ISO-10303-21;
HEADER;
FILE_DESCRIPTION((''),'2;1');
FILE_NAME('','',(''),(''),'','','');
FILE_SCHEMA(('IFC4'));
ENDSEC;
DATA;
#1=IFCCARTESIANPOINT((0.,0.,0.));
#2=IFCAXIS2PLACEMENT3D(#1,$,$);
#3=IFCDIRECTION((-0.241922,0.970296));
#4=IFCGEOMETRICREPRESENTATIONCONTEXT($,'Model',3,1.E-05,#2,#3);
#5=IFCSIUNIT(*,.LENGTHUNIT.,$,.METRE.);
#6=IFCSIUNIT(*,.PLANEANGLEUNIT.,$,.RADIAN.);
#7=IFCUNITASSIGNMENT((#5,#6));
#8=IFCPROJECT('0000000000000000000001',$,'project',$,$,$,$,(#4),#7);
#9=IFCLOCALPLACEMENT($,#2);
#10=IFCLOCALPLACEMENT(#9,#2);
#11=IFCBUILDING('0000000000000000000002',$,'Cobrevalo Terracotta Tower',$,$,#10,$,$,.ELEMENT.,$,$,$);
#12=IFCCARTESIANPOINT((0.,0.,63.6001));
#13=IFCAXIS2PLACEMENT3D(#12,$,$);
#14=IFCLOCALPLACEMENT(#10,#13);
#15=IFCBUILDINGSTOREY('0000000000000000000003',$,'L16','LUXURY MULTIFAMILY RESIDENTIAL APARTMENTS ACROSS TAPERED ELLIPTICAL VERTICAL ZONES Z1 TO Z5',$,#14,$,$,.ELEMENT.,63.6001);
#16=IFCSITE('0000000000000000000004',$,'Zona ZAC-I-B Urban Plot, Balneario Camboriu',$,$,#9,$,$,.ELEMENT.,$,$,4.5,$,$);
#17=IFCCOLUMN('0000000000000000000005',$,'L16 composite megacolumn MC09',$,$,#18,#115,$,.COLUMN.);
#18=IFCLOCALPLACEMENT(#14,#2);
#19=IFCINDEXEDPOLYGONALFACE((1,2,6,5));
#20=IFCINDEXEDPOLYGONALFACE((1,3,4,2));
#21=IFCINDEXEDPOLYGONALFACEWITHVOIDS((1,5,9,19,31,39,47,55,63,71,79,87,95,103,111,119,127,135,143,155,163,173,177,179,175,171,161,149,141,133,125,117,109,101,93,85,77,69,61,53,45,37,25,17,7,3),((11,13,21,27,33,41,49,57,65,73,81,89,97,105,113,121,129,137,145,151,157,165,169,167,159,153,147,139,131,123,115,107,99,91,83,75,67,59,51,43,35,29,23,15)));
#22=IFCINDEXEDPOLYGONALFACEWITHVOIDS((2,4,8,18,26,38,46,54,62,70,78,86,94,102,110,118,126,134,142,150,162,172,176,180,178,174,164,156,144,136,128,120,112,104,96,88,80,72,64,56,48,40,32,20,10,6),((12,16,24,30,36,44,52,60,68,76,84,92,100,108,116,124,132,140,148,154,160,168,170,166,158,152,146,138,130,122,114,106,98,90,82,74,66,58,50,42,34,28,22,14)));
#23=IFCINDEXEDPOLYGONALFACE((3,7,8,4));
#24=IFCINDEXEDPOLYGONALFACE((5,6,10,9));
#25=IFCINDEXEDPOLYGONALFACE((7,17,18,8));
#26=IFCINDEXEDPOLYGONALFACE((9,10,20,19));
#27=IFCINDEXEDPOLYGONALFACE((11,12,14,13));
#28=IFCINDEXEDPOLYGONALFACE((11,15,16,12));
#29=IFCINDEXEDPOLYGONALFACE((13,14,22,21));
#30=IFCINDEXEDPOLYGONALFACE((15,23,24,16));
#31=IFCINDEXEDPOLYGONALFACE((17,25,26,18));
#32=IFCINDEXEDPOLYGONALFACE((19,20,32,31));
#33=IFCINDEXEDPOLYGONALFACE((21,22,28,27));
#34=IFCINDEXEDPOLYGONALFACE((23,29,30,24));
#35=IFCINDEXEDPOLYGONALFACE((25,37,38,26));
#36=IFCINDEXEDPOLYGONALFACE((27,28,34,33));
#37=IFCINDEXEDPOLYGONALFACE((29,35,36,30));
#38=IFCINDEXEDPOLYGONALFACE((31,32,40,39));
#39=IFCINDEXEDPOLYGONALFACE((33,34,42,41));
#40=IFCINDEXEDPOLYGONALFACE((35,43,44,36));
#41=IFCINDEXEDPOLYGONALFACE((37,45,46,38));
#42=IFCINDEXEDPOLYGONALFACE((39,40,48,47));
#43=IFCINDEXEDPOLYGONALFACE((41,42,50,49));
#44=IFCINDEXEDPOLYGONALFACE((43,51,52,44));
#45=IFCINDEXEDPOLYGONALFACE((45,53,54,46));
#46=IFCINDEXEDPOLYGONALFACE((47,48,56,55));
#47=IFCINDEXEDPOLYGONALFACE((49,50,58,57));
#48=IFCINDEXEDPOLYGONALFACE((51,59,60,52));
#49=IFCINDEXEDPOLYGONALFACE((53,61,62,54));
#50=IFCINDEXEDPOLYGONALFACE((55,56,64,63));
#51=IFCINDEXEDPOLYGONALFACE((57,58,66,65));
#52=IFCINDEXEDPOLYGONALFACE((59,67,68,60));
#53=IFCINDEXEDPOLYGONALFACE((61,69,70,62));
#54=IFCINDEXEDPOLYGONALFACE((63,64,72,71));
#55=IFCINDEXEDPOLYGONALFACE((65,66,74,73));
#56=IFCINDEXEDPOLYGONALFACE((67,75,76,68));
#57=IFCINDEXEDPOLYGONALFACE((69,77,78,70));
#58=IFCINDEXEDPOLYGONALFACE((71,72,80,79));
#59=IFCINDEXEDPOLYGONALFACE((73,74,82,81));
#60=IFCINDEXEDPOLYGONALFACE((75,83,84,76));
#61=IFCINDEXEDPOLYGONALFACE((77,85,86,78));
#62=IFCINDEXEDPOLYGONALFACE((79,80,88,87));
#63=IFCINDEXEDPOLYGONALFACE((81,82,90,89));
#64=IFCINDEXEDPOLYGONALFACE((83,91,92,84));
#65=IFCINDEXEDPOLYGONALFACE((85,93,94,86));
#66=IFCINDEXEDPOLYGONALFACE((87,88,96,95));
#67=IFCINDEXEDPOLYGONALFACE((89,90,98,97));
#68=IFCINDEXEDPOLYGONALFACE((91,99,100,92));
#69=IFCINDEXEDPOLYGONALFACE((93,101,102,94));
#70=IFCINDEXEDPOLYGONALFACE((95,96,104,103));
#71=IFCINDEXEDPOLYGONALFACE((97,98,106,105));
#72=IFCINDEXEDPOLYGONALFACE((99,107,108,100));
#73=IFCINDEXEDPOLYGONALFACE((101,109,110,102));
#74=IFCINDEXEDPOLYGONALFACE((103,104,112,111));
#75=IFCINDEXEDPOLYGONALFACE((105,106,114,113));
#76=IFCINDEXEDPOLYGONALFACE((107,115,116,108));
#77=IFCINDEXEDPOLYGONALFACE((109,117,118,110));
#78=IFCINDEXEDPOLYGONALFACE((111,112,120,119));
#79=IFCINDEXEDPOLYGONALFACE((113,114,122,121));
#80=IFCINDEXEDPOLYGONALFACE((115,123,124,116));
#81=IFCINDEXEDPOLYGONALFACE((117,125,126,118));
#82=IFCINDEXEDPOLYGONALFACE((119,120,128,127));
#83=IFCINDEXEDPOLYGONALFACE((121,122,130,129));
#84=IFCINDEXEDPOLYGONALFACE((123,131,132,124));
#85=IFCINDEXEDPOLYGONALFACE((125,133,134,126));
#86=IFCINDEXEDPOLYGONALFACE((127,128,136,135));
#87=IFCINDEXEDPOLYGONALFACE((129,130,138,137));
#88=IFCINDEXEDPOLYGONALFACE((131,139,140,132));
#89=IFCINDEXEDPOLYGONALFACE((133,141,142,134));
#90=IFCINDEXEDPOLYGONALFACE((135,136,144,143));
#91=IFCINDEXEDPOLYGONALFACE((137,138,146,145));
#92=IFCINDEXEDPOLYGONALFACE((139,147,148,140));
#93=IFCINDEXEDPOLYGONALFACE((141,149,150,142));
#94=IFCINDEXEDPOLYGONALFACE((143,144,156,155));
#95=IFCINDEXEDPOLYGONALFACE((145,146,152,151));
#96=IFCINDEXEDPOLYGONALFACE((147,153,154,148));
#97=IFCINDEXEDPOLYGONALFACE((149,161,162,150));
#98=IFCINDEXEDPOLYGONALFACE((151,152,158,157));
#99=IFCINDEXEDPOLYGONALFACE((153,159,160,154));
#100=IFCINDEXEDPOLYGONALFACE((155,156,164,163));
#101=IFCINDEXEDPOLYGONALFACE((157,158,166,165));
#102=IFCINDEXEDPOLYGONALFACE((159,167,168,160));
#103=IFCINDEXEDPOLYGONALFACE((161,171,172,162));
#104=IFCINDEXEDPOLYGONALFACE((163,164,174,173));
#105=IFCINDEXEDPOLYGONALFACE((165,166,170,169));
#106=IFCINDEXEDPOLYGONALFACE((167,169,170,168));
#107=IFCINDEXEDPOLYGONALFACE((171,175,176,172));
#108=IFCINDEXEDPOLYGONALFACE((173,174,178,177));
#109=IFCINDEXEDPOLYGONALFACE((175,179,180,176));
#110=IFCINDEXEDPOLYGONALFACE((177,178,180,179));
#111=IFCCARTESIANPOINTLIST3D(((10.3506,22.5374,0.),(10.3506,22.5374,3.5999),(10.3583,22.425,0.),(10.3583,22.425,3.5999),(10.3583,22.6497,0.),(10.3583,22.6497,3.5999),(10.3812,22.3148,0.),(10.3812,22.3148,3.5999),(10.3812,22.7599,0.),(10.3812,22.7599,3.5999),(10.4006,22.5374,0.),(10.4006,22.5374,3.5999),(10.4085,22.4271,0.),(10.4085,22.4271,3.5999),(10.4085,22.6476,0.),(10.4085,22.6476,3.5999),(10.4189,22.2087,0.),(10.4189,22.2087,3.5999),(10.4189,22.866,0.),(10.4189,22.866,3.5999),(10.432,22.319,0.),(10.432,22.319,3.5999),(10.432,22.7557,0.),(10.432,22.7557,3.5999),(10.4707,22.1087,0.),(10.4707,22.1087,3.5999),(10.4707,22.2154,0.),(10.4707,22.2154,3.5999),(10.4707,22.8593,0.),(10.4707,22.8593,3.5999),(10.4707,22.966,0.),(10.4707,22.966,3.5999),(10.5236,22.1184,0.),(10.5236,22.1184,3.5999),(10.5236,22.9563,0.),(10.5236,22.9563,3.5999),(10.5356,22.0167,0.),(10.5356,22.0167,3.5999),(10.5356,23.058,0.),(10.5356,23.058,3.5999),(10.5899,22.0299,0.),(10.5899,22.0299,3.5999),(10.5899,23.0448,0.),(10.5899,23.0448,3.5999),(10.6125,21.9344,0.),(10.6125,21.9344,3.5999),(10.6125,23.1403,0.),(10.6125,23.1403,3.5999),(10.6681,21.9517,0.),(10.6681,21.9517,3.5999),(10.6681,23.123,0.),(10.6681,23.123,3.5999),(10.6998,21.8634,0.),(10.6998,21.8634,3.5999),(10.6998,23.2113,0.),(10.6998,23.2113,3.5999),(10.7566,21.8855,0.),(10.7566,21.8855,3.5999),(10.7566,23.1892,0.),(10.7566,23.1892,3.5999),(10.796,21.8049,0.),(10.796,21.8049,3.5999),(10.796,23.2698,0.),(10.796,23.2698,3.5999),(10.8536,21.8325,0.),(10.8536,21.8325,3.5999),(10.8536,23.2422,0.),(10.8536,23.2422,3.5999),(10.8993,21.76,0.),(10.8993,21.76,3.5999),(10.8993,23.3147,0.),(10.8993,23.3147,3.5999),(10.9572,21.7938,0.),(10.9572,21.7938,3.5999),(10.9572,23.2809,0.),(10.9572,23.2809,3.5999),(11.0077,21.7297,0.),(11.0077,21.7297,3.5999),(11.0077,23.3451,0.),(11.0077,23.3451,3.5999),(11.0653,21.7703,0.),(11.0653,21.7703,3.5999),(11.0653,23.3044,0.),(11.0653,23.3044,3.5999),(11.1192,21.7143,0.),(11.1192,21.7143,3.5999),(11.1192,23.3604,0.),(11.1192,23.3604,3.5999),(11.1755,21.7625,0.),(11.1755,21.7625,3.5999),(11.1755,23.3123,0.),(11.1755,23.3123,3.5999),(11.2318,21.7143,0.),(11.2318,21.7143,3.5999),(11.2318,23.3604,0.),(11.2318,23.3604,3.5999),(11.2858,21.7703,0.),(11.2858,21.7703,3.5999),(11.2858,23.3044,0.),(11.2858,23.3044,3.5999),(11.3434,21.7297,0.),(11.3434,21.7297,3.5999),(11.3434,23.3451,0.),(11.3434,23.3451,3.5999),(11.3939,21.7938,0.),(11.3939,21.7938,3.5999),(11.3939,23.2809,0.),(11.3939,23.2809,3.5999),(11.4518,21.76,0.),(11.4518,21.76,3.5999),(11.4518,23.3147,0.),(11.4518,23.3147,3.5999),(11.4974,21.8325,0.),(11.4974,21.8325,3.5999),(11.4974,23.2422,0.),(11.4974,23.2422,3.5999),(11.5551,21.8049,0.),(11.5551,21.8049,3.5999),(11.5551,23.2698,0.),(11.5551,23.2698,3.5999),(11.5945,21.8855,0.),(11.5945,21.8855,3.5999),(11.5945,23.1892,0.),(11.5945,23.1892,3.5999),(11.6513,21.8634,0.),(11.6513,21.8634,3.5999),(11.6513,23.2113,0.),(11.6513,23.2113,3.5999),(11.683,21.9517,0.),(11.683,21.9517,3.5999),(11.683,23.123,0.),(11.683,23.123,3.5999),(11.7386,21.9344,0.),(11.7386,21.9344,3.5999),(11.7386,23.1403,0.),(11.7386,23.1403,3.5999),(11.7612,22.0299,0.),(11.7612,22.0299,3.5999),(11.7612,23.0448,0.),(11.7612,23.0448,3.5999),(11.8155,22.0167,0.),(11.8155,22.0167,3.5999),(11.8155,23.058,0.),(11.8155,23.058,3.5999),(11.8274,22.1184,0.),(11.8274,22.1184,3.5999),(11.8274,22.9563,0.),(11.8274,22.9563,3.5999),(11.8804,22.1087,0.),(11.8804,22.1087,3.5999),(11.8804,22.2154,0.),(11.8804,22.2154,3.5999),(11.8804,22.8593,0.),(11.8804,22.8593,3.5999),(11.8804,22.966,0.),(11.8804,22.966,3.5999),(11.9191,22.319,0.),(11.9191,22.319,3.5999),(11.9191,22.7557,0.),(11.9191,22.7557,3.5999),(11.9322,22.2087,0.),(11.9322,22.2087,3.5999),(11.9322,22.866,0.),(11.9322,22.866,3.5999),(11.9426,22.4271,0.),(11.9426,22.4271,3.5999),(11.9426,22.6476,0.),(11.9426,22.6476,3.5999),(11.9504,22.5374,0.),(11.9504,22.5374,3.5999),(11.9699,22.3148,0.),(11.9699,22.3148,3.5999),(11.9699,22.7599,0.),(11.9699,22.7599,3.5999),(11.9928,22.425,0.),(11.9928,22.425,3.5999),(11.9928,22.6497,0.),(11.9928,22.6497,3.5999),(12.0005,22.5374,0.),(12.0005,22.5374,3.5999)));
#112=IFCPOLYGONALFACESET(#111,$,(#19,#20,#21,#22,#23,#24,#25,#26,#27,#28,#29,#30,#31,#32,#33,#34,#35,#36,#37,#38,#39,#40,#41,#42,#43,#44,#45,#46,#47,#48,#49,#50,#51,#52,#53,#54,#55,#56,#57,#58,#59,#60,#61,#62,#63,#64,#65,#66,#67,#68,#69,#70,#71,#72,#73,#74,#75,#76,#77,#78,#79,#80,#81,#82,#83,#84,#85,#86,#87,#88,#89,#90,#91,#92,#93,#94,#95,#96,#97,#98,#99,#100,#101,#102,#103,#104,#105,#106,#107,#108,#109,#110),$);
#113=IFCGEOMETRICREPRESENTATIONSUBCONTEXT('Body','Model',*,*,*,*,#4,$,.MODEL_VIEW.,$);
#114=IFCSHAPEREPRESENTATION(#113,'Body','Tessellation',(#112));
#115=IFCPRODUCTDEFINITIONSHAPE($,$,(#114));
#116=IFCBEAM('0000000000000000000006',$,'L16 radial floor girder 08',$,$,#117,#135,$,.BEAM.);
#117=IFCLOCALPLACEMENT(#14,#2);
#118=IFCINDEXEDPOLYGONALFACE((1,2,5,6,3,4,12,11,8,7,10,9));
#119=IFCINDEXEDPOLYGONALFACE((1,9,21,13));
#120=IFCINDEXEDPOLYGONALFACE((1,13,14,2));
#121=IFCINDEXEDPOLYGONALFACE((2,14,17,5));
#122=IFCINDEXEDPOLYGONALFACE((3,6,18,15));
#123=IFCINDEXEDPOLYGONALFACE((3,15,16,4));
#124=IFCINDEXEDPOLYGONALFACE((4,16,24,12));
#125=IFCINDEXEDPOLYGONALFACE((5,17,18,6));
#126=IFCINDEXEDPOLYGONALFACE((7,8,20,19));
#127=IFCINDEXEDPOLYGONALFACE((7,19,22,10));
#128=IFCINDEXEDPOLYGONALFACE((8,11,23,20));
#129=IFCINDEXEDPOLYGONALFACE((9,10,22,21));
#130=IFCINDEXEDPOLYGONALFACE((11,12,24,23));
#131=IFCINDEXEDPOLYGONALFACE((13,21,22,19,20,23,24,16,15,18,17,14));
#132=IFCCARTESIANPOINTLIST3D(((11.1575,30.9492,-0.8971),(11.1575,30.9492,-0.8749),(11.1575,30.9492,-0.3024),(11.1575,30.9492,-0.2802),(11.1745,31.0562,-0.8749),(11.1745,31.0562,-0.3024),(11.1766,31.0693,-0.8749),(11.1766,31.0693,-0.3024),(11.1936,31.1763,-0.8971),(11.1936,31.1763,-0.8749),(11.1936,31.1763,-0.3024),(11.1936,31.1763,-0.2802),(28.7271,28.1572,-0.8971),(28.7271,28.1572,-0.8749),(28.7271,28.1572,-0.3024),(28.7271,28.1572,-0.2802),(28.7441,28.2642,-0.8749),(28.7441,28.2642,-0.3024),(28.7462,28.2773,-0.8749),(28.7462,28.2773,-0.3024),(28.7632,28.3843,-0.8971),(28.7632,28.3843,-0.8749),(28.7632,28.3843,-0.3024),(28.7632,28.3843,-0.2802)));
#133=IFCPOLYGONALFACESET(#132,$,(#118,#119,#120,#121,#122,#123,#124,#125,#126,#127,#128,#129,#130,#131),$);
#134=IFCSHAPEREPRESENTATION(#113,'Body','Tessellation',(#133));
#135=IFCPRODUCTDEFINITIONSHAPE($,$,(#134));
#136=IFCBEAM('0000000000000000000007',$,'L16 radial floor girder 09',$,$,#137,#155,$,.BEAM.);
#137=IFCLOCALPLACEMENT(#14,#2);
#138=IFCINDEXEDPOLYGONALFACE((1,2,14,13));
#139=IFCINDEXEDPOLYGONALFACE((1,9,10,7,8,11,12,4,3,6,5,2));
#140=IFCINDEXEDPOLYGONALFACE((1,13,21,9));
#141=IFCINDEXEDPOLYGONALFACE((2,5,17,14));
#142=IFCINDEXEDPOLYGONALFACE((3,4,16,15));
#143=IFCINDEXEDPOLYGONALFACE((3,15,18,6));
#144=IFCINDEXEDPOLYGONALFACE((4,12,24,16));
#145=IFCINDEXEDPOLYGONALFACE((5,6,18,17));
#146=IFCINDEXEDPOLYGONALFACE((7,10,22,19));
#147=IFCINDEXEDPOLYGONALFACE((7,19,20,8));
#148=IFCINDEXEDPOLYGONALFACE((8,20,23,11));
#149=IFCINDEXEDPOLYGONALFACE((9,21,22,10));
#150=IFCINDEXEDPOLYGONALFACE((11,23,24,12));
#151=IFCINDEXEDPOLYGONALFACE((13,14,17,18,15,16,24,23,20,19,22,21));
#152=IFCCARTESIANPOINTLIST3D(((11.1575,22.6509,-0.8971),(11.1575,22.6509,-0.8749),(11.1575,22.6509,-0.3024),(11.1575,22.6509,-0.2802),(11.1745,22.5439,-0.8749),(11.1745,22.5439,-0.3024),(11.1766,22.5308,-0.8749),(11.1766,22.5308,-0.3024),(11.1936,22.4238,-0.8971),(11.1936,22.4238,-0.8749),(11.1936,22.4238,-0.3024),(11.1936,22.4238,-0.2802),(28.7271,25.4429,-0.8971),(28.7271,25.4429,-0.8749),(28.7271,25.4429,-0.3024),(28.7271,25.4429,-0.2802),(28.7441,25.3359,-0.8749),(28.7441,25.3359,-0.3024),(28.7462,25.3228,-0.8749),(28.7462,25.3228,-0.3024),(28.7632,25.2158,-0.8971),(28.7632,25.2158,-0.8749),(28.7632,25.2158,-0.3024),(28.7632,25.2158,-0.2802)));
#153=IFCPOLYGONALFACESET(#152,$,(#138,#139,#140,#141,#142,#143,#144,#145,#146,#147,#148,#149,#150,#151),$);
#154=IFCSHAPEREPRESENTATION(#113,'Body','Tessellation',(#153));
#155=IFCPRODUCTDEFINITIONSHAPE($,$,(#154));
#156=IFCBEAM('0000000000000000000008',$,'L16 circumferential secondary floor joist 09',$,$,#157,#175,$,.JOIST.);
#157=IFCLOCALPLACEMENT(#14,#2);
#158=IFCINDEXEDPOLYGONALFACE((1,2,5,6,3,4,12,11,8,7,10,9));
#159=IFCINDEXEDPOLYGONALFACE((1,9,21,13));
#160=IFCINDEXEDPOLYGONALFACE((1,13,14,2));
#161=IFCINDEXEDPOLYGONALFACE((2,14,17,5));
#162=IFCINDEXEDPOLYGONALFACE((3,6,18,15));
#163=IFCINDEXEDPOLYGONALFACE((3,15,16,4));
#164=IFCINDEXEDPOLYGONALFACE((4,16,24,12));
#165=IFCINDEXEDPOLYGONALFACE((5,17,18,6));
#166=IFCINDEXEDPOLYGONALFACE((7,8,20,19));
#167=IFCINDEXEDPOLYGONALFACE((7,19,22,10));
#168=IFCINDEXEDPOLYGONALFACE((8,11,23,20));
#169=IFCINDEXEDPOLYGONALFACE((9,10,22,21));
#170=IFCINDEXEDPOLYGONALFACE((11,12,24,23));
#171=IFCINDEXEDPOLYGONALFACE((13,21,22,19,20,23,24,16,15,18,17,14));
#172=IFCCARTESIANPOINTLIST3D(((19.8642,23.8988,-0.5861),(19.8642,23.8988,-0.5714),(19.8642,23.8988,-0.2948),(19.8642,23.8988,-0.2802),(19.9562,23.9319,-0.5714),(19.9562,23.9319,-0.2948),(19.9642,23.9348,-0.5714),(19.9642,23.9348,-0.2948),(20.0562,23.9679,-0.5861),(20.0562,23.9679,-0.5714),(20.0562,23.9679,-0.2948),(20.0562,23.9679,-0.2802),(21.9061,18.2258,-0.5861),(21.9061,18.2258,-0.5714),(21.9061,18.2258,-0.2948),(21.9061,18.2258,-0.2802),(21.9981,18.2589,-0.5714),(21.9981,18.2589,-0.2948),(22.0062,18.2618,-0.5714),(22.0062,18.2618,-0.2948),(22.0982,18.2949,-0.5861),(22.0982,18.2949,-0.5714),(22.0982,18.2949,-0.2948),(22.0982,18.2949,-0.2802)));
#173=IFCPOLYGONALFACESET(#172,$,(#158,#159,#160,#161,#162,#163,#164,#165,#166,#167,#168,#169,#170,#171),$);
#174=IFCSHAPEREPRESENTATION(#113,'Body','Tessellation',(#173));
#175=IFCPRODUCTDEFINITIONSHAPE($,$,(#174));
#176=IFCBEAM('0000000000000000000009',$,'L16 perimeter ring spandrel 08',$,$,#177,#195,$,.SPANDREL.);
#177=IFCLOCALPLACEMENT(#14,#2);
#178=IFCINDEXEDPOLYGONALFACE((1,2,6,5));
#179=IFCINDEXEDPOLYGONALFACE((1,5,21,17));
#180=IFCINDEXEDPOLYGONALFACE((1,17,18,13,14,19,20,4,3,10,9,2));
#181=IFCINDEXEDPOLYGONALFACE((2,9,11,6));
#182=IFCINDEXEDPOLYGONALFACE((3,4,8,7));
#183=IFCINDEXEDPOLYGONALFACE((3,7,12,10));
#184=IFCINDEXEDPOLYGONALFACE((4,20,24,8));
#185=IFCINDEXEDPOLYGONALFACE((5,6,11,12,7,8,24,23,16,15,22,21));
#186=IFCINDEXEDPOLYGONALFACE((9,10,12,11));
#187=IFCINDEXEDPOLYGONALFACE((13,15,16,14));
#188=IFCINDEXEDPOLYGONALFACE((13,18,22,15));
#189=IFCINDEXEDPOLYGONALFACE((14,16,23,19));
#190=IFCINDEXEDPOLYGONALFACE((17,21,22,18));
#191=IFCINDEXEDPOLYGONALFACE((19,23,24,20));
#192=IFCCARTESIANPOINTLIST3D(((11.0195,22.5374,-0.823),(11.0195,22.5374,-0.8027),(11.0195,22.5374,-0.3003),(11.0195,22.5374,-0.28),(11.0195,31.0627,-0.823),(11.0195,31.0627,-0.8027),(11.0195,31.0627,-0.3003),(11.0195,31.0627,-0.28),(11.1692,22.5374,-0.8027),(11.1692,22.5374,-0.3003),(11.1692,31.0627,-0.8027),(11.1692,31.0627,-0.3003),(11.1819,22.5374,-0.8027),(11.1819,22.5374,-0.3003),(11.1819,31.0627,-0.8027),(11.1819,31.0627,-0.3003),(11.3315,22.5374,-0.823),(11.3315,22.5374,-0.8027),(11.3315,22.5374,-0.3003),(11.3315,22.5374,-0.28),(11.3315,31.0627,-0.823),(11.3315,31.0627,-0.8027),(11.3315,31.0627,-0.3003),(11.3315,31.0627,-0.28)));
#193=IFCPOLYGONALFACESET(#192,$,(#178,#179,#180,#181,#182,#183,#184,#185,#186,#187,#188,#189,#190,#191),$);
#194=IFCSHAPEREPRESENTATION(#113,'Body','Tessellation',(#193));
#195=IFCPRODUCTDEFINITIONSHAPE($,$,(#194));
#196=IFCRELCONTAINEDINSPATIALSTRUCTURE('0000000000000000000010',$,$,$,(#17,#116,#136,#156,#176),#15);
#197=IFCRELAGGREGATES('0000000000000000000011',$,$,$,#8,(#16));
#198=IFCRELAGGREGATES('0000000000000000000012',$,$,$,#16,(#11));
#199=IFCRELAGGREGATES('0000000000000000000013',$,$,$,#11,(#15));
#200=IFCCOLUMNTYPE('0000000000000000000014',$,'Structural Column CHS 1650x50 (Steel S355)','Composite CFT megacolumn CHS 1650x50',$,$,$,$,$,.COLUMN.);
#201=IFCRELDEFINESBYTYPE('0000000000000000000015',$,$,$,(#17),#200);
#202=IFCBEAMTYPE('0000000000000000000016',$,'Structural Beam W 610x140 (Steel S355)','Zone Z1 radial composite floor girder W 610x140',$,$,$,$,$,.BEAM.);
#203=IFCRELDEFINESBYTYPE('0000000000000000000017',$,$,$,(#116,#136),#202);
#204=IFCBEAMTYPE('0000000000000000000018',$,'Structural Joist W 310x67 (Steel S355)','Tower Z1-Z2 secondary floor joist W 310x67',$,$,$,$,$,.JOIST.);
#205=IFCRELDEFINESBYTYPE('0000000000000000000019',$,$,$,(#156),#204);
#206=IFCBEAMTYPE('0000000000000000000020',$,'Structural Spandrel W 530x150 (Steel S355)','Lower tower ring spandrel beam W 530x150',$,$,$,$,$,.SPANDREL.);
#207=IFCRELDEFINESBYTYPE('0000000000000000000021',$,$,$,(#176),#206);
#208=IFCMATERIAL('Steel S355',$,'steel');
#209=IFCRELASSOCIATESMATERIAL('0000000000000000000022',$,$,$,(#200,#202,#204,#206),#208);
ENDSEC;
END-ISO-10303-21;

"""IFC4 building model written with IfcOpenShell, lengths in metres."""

from ifc_helpers import new_model, si_unit, direction, frame, origin, origin_2d, place, context, subcontext, project, spatial, hollow_circle, i_section, extrude, material, material_profile, profile_set, type_object, element, save


model = new_model("IFC4")

# Units and contexts
model_context = context("Model", 3, precision=1e-05, world=origin(), true_north=direction((-0.241922, 0.970296)))
body_context = subcontext(model_context, "Body", "Model", "MODEL_VIEW")
ifc_project = project(units=[si_unit("LENGTHUNIT", "METRE"), si_unit("PLANEANGLEUNIT", "RADIAN")], contexts=[model_context])

# Site, building, storey
site_placement = place(None, origin())
site = spatial("IfcSite", under=ifc_project, at=site_placement, Name="Zona ZAC-I-B Urban Plot, Balneario Camboriu", CompositionType="ELEMENT", RefElevation=4.5)
building_placement = place(site_placement, origin())
building = spatial("IfcBuilding", under=site, at=building_placement, Name="Cobrevalo Terracotta Tower", CompositionType="ELEMENT")
storey_placement = place(building_placement, frame((0.0, 0.0, 63.6001)))
storey = spatial("IfcBuildingStorey", under=building, at=storey_placement, Name="L16", Description="LUXURY MULTIFAMILY RESIDENTIAL APARTMENTS ACROSS TAPERED ELLIPTICAL VERTICAL ZONES Z1 TO Z5", CompositionType="ELEMENT", Elevation=63.6001)

# Column
ifc_material_1 = material(Name="Steel S355", Category="steel")
ifc_material_profile_1 = material_profile(ifc_material_1, hollow_circle(Radius=0.825, WallThickness=0.05, at=origin_2d()), Name="CHS 1650x50")
ifc_profile_set_1 = profile_set([ifc_material_profile_1], Name="Steel S355")
column_type = type_object("IfcColumnType", Name="Structural Column CHS 1650x50 (Steel S355)", Description="Composite CFT megacolumn CHS 1650x50", PredefinedType="COLUMN", material=ifc_profile_set_1)
for number, where, z_axis, x_axis, name in (
    (1, (11.1755, 22.5374, 0.0), (0.0, 0.0, 1.0), (1.0, 0.0, 0.0), "L16 composite megacolumn MC09"),
):
    element("IfcColumn", number, at=place(storey_placement, frame(where, z_axis=z_axis, x_axis=x_axis)), inside=storey, type_object=column_type, Name=name, PredefinedType="COLUMN", context=body_context, shape_type="SweptSolid", body=[
        extrude(hollow_circle(Radius=0.825, WallThickness=0.05, at=origin_2d()), origin(), (0.0, 0.0, 1.0), 3.5999),
    ])

# Beams
ifc_material_profile_2 = material_profile(ifc_material_1, i_section(OverallWidth=0.23, OverallDepth=0.6169, WebThickness=0.0132, FlangeThickness=0.0222, at=origin_2d()), Name="W 610x140")
ifc_profile_set_2 = profile_set([ifc_material_profile_2], Name="Steel S355")
beam_type_1 = type_object("IfcBeamType", Name="Structural Beam W 610x140 (Steel S355)", Description="Zone Z1 radial composite floor girder W 610x140", PredefinedType="BEAM", material=ifc_profile_set_2)
for number, where, z_axis, x_axis, name in (
    (2, (11.1755, 31.0627, -0.5886), (0.987608, -0.156941, 0.0), (0.156941, 0.987608, 0.0), "L16 radial floor girder 08"),
    (3, (11.1755, 22.5374, -0.5886), (0.987608, 0.156941, 0.0), (-0.156941, 0.987608, 0.0), "L16 radial floor girder 09"),
):
    element("IfcBeam", number, at=place(storey_placement, frame(where, z_axis=z_axis, x_axis=x_axis)), inside=storey, type_object=beam_type_1, Name=name, PredefinedType="BEAM", context=body_context, shape_type="SweptSolid", body=[
        extrude(i_section(OverallWidth=0.23, OverallDepth=0.6169, WebThickness=0.0132, FlangeThickness=0.0222, at=origin_2d()), origin(), (0.0, 0.0, 1.0), 17.79),
    ])
ifc_material_profile_3 = material_profile(ifc_material_1, i_section(OverallWidth=0.2041, OverallDepth=0.3059, WebThickness=0.0085, FlangeThickness=0.0146, at=origin_2d()), Name="W 310x67")
ifc_profile_set_3 = profile_set([ifc_material_profile_3], Name="Steel S355")
beam_type_2 = type_object("IfcBeamType", Name="Structural Joist W 310x67 (Steel S355)", Description="Tower Z1-Z2 secondary floor joist W 310x67", PredefinedType="JOIST", material=ifc_profile_set_3)
beam_1_placement = place(storey_placement, frame((19.9602, 23.9333, -0.4331), z_axis=(0.338672, -0.940904, 0.0), x_axis=(0.940904, 0.338672, 0.0)))
element("IfcBeam", 4, at=beam_1_placement, inside=storey, type_object=beam_type_2, Name="L16 circumferential secondary floor joist 09", PredefinedType="JOIST", context=body_context, shape_type="SweptSolid", body=[
    extrude(i_section(OverallWidth=0.2041, OverallDepth=0.3059, WebThickness=0.0085, FlangeThickness=0.0146, at=origin_2d()), origin(), (0.0, 0.0, 1.0), 6.0293),
])
ifc_material_profile_4 = material_profile(ifc_material_1, i_section(OverallWidth=0.312, OverallDepth=0.543, WebThickness=0.0127, FlangeThickness=0.0203, at=origin_2d()), Name="W 530x150")
ifc_profile_set_4 = profile_set([ifc_material_profile_4], Name="Steel S355")
beam_type_3 = type_object("IfcBeamType", Name="Structural Spandrel W 530x150 (Steel S355)", Description="Lower tower ring spandrel beam W 530x150", PredefinedType="SPANDREL", material=ifc_profile_set_4)
beam_2_placement = place(storey_placement, frame((11.1755, 31.0627, -0.5515), z_axis=(0.0, -1.0, 0.0), x_axis=(1.0, 0.0, 0.0)))
element("IfcBeam", 5, at=beam_2_placement, inside=storey, type_object=beam_type_3, Name="L16 perimeter ring spandrel 08", PredefinedType="SPANDREL", context=body_context, shape_type="SweptSolid", body=[
    extrude(i_section(OverallWidth=0.312, OverallDepth=0.543, WebThickness=0.0127, FlangeThickness=0.0203, at=origin_2d()), origin(), (0.0, 0.0, 1.0), 8.5254),
])

save(model, "model.ifc")
